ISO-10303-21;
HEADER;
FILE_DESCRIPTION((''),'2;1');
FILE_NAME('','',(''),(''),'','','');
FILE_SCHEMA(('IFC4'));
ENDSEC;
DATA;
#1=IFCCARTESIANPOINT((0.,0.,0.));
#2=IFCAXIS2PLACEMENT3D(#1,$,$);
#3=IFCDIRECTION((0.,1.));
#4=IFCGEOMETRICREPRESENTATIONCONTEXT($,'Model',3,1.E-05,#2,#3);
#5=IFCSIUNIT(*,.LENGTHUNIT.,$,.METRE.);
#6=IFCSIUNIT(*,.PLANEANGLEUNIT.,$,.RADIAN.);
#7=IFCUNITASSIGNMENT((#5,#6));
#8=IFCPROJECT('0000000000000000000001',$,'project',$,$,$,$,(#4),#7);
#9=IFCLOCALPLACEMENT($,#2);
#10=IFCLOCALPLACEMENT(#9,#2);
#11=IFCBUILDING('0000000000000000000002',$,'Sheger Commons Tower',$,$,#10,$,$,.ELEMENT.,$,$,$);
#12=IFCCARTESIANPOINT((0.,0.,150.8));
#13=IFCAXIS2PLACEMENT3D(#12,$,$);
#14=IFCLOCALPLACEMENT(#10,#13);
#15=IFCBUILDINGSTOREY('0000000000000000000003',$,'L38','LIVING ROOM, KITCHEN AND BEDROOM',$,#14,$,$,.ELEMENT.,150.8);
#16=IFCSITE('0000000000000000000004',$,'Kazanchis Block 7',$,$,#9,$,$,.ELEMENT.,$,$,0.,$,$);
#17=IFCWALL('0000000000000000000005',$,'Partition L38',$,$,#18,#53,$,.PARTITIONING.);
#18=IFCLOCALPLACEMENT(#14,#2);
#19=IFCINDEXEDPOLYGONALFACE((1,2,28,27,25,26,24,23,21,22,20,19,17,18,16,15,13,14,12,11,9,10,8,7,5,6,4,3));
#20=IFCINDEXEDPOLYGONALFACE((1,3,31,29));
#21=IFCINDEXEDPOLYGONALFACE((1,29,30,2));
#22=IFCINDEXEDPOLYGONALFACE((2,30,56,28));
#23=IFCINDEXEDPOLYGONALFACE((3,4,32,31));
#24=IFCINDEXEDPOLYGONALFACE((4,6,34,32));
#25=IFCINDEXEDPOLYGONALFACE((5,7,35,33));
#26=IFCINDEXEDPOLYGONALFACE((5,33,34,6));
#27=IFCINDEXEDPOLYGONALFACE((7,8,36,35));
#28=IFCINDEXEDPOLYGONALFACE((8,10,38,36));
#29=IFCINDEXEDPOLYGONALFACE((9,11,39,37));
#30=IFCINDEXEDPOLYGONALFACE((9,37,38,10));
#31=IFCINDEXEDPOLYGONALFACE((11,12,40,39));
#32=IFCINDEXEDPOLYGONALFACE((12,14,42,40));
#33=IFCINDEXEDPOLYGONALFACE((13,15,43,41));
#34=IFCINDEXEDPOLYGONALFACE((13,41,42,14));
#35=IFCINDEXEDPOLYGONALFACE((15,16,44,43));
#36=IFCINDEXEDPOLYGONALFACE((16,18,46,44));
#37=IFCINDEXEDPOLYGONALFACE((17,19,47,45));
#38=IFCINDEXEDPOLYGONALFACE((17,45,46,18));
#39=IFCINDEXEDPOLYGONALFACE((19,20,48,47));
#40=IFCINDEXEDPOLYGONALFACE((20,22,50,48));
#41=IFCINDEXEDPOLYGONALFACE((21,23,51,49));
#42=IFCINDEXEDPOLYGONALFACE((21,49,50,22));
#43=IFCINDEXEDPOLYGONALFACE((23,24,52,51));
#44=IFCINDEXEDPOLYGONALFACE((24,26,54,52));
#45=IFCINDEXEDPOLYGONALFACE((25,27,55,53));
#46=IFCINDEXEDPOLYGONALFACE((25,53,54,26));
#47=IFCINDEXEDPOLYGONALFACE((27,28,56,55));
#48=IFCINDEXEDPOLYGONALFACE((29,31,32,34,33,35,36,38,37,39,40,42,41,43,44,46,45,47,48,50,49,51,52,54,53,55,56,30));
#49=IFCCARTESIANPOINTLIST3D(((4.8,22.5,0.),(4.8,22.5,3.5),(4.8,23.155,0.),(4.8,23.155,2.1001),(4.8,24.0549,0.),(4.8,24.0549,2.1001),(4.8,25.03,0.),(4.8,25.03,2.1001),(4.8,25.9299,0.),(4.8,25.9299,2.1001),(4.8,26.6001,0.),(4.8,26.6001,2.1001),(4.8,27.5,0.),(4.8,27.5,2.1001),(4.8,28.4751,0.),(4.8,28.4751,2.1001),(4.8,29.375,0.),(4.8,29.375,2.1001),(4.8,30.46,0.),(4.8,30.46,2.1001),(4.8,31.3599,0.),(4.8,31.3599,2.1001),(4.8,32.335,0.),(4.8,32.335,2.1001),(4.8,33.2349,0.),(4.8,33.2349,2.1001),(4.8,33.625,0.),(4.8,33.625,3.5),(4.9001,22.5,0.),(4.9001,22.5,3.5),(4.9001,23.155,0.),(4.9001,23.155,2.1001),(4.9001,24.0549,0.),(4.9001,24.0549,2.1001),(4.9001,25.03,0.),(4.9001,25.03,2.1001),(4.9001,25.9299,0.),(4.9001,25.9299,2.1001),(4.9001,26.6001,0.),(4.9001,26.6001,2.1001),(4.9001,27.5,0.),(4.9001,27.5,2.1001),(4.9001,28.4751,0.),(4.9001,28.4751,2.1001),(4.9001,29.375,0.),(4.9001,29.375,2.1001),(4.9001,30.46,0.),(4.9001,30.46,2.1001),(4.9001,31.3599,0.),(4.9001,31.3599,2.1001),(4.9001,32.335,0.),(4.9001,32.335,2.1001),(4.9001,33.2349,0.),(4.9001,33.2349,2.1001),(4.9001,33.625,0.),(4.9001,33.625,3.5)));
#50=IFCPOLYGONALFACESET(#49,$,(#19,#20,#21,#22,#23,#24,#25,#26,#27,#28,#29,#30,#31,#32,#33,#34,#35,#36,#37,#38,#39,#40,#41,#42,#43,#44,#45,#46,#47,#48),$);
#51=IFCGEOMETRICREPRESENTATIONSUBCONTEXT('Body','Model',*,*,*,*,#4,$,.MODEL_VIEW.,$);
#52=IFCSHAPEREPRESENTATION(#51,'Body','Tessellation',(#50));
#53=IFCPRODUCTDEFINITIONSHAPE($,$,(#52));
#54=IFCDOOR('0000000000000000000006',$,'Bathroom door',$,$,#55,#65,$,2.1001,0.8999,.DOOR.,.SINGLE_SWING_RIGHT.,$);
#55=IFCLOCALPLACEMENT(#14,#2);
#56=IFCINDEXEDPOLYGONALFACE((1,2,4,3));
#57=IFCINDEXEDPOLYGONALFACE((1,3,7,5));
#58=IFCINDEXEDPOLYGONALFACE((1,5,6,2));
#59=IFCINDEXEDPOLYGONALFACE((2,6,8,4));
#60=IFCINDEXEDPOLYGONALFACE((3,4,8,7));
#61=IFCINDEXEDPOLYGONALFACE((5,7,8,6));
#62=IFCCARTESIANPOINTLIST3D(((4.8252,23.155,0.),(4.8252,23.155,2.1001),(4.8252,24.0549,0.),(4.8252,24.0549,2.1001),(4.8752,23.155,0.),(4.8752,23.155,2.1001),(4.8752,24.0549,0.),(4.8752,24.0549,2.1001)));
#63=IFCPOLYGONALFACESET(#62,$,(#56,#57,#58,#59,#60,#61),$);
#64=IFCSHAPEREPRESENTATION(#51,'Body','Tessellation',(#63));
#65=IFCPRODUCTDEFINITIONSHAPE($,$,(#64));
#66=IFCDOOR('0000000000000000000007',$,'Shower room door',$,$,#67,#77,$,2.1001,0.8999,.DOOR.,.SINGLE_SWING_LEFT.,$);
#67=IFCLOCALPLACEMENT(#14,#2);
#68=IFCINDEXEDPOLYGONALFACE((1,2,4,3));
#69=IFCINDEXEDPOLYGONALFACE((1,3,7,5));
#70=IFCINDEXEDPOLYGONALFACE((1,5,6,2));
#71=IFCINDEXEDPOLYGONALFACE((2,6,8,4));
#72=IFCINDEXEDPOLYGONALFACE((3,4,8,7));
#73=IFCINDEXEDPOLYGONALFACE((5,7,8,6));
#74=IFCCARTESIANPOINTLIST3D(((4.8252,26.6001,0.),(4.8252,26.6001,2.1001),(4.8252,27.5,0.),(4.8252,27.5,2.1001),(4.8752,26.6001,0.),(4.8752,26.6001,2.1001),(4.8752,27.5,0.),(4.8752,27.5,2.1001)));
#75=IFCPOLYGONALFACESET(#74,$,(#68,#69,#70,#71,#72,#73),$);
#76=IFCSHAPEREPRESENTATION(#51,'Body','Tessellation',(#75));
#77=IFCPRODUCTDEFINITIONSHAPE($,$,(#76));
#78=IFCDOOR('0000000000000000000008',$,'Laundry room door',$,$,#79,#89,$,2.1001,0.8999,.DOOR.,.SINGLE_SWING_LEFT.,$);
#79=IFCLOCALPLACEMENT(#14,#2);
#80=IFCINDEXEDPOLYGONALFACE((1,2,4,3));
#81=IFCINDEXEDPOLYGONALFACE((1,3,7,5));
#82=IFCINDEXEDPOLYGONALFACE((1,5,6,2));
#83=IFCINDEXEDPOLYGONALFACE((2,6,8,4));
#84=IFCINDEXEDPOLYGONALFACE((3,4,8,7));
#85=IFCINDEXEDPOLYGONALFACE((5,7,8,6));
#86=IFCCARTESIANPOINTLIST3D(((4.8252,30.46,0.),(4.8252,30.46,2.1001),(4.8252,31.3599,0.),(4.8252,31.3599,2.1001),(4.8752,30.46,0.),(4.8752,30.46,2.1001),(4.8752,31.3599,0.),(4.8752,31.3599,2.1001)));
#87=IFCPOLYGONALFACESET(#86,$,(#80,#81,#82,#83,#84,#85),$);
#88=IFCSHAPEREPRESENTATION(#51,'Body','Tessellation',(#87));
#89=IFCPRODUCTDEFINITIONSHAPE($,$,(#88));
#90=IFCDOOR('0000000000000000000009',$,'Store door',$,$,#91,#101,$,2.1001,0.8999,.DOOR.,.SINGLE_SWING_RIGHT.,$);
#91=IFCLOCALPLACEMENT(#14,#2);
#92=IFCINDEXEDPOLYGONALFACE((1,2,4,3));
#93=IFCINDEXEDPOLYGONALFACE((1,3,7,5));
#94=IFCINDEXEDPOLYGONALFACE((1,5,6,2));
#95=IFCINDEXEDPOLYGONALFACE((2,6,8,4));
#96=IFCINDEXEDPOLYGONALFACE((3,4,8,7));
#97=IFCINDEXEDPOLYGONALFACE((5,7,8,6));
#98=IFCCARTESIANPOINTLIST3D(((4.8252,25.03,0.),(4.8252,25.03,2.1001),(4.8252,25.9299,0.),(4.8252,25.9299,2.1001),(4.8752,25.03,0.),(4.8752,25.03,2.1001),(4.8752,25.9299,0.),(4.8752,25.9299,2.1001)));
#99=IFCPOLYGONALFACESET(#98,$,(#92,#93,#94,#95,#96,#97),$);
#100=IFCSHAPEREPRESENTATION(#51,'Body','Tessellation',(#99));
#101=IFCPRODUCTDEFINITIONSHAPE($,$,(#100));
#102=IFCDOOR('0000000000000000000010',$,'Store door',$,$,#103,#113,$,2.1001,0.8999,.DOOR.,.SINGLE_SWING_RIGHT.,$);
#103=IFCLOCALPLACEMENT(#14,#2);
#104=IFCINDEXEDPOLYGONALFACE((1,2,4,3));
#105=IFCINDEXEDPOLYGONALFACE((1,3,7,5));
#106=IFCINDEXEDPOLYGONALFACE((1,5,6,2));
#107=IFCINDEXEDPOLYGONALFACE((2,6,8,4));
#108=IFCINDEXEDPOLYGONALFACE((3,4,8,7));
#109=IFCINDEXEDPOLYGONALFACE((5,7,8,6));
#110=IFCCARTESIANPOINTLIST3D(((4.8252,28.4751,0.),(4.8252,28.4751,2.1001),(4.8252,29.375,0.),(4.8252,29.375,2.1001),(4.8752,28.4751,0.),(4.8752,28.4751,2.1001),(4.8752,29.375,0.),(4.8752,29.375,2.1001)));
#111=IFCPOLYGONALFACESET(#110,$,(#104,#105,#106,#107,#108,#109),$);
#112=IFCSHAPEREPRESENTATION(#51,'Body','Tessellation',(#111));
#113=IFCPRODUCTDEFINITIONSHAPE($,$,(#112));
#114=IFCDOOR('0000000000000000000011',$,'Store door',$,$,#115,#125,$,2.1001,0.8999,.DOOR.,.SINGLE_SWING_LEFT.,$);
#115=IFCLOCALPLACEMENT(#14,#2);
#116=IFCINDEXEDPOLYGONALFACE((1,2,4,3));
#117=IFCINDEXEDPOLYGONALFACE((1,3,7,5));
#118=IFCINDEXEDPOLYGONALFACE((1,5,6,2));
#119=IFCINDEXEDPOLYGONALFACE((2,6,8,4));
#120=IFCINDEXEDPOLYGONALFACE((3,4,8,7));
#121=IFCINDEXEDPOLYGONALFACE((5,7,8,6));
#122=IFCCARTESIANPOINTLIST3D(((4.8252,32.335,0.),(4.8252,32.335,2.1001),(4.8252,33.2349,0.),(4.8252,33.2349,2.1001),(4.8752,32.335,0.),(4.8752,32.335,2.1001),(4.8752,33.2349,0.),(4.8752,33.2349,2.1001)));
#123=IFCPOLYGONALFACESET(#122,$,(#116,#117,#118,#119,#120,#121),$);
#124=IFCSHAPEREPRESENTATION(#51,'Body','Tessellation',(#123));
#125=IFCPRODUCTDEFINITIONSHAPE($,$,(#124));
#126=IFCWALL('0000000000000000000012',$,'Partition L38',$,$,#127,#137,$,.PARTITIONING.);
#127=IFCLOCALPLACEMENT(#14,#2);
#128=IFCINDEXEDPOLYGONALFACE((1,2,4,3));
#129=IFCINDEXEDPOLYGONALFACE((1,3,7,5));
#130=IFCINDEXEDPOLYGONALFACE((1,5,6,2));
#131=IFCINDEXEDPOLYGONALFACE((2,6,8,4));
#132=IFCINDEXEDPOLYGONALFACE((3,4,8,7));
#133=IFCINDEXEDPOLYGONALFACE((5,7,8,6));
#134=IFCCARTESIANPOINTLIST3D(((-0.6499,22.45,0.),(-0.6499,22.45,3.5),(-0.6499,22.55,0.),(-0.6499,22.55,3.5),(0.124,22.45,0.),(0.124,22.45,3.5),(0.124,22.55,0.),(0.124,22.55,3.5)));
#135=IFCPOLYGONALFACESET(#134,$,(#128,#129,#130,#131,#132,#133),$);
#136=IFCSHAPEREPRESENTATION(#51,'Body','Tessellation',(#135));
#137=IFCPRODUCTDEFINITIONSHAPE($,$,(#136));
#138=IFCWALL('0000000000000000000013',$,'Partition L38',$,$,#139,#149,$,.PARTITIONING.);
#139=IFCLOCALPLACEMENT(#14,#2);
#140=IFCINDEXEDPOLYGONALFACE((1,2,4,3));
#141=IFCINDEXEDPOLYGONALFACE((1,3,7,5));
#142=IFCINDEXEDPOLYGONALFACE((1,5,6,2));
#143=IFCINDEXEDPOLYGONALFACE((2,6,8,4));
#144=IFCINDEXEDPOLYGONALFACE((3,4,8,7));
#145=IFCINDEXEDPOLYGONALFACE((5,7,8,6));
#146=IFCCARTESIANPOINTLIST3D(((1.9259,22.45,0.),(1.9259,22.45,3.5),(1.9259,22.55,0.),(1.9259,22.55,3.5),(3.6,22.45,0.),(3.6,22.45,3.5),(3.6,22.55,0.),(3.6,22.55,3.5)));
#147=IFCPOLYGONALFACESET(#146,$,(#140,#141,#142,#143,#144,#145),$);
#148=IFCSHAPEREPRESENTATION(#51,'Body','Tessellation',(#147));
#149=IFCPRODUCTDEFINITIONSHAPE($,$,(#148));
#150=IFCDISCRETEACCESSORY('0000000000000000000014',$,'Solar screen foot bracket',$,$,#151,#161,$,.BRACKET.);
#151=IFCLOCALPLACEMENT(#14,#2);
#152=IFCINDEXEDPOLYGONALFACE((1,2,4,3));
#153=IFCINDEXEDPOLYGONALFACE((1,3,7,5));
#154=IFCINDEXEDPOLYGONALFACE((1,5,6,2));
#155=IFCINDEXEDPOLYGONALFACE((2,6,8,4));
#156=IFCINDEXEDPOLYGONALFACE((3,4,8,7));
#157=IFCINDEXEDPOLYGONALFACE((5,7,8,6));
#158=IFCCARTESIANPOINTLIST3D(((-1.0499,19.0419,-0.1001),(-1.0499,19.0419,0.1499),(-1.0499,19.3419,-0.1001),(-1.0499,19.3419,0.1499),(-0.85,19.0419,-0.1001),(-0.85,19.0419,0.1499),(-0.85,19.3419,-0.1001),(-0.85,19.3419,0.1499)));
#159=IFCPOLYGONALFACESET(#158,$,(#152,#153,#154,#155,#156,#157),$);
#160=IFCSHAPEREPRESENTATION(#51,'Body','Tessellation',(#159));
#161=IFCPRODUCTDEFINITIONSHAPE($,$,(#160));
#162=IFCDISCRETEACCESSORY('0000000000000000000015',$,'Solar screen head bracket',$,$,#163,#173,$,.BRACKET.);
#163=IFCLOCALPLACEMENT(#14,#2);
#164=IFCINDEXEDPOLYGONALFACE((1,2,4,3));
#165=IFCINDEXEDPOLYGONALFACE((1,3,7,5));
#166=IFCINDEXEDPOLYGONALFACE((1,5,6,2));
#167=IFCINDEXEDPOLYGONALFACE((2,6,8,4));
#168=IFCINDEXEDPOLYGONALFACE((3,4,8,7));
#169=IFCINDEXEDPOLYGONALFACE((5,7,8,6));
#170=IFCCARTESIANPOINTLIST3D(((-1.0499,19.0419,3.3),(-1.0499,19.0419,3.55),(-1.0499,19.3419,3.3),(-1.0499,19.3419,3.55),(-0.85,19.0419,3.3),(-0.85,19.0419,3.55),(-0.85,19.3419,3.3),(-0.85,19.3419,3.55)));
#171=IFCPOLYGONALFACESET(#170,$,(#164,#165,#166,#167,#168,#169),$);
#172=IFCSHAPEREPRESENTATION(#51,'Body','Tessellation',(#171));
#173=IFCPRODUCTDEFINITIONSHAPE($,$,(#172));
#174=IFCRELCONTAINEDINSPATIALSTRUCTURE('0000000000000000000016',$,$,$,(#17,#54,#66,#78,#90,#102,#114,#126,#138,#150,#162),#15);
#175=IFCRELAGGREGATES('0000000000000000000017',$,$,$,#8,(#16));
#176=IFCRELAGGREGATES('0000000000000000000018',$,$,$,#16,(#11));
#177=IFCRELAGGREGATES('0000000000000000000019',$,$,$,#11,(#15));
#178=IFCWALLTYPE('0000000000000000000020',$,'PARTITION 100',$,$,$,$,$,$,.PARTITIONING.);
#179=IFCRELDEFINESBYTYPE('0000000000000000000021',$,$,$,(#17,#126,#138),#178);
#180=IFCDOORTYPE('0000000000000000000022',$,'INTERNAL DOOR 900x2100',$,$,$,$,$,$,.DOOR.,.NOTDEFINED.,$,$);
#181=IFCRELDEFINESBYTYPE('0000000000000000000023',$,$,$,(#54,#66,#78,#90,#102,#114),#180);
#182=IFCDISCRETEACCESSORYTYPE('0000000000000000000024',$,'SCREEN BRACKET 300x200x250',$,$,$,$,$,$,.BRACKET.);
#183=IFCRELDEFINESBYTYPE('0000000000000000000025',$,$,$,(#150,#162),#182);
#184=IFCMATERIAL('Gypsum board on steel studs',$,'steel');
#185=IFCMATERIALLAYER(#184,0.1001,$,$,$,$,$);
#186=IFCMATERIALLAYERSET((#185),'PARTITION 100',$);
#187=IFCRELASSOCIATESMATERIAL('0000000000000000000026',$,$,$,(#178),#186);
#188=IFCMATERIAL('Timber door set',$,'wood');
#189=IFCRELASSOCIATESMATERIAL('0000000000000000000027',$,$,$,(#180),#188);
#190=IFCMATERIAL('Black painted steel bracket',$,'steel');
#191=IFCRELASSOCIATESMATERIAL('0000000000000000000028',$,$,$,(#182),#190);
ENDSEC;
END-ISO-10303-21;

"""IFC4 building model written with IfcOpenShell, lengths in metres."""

from ifc_helpers import new_model, si_unit, direction, frame, frame_2d, origin, origin_2d, place, context, subcontext, project, spatial, rectangle, extrude, material, layer, layer_set, type_object, element, fill, save


model = new_model("IFC4")

# Units and contexts
model_context = context("Model", 3, precision=1e-05, world=origin(), true_north=direction((0.0, 1.0)))
body_context = subcontext(model_context, "Body", "Model", "MODEL_VIEW")
ifc_project = project(units=[si_unit("LENGTHUNIT", "METRE"), si_unit("PLANEANGLEUNIT", "RADIAN")], contexts=[model_context])

# Site, building, storey
site_placement = place(None, origin())
site = spatial("IfcSite", under=ifc_project, at=site_placement, Name="Kazanchis Block 7", CompositionType="ELEMENT", RefElevation=0.0)
building_placement = place(site_placement, origin())
building = spatial("IfcBuilding", under=site, at=building_placement, Name="Sheger Commons Tower", CompositionType="ELEMENT")
storey_placement = place(building_placement, frame((0.0, 0.0, 150.8)))
storey = spatial("IfcBuildingStorey", under=building, at=storey_placement, Name="L38", Description="LIVING ROOM, KITCHEN AND BEDROOM", CompositionType="ELEMENT", Elevation=150.8)

# Shared definitions
ifc_material_1 = material(Name="Gypsum board on steel studs", Category="steel")
ifc_layer_1 = layer(ifc_material_1, 0.1001)
ifc_layer_set_1 = layer_set([ifc_layer_1], Name="PARTITION 100")
wall_type_1 = type_object("IfcWallType", Name="PARTITION 100", PredefinedType="PARTITIONING", material=ifc_layer_set_1)

# Wall, openings, doors
ifc_material_2 = material(Name="Timber door set", Category="wood")
door_type = type_object("IfcDoorType", Name="INTERNAL DOOR 900x2100", OperationType="NOTDEFINED", PredefinedType="DOOR", material=ifc_material_2)
wall_1_placement = place(storey_placement, frame((4.8501, 22.5, 0.0), z_axis=(0.0, 0.0, 1.0), x_axis=(0.0, 1.0, 0.0)))
wall_1 = element("IfcWall", 1, at=wall_1_placement, inside=storey, type_object=wall_type_1, Name="Partition L38", PredefinedType="PARTITIONING", context=body_context, shape_type="SweptSolid", body=[
    extrude(rectangle(XDim=11.125, YDim=0.1001, at=frame_2d((5.5625, 0.0))), origin(), (0.0, 0.0, 1.0), 3.5),
])
opening_1_placement = place(wall_1_placement, frame((0.655, 0.0, 0.0)))
opening_1 = element("IfcOpeningElement", 2, at=opening_1_placement, cuts=wall_1, PredefinedType="OPENING", context=body_context, shape_type="SweptSolid", body=[
    extrude(rectangle(XDim=0.8999, YDim=2.1001, at=frame_2d((0.45, 1.05))), frame((0.0, 0.0601, 0.0), z_axis=(0.0, -1.0, 0.0), x_axis=(1.0, 0.0, 0.0)), (0.0, 0.0, 1.0), 0.1201),
])
opening_2_placement = place(wall_1_placement, frame((4.1001, 0.0, 0.0)))
opening_2 = element("IfcOpeningElement", 3, at=opening_2_placement, cuts=wall_1, PredefinedType="OPENING", context=body_context, shape_type="SweptSolid", body=[
    extrude(rectangle(XDim=0.8999, YDim=2.1001, at=frame_2d((0.45, 1.05))), frame((0.0, 0.0601, 0.0), z_axis=(0.0, -1.0, 0.0), x_axis=(1.0, 0.0, 0.0)), (0.0, 0.0, 1.0), 0.1201),
])
opening_3_placement = place(wall_1_placement, frame((7.96, 0.0, 0.0)))
opening_3 = element("IfcOpeningElement", 4, at=opening_3_placement, cuts=wall_1, PredefinedType="OPENING", context=body_context, shape_type="SweptSolid", body=[
    extrude(rectangle(XDim=0.8999, YDim=2.1001, at=frame_2d((0.45, 1.05))), frame((0.0, 0.0601, 0.0), z_axis=(0.0, -1.0, 0.0), x_axis=(1.0, 0.0, 0.0)), (0.0, 0.0, 1.0), 0.1201),
])
opening_4_placement = place(wall_1_placement, frame((2.53, 0.0, 0.0)))
opening_4 = element("IfcOpeningElement", 5, at=opening_4_placement, cuts=wall_1, PredefinedType="OPENING", context=body_context, shape_type="SweptSolid", body=[
    extrude(rectangle(XDim=0.8999, YDim=2.1001, at=frame_2d((0.45, 1.05))), frame((0.0, 0.0601, 0.0), z_axis=(0.0, -1.0, 0.0), x_axis=(1.0, 0.0, 0.0)), (0.0, 0.0, 1.0), 0.1201),
])
opening_5_placement = place(wall_1_placement, frame((5.9751, 0.0, 0.0)))
opening_5 = element("IfcOpeningElement", 6, at=opening_5_placement, cuts=wall_1, PredefinedType="OPENING", context=body_context, shape_type="SweptSolid", body=[
    extrude(rectangle(XDim=0.8999, YDim=2.1001, at=frame_2d((0.45, 1.05))), frame((0.0, 0.0601, 0.0), z_axis=(0.0, -1.0, 0.0), x_axis=(1.0, 0.0, 0.0)), (0.0, 0.0, 1.0), 0.1201),
])
opening_6_placement = place(wall_1_placement, frame((9.835, 0.0, 0.0)))
opening_6 = element("IfcOpeningElement", 7, at=opening_6_placement, cuts=wall_1, PredefinedType="OPENING", context=body_context, shape_type="SweptSolid", body=[
    extrude(rectangle(XDim=0.8999, YDim=2.1001, at=frame_2d((0.45, 1.05))), frame((0.0, 0.0601, 0.0), z_axis=(0.0, -1.0, 0.0), x_axis=(1.0, 0.0, 0.0)), (0.0, 0.0, 1.0), 0.1201),
])
door_1_placement = place(opening_1_placement, origin())
door_1 = element("IfcDoor", 8, at=door_1_placement, inside=storey, type_object=door_type, Name="Bathroom door", OperationType="SINGLE_SWING_RIGHT", OverallHeight=2.1001, OverallWidth=0.8999, PredefinedType="DOOR", context=body_context, shape_type="SweptSolid", body=[
    extrude(rectangle(XDim=0.8999, YDim=2.1001, at=frame_2d((0.45, 1.05))), frame((0.0, 0.0249, 0.0), z_axis=(0.0, -1.0, 0.0), x_axis=(1.0, 0.0, 0.0)), (0.0, 0.0, 1.0), 0.05),
])
fill(opening_1, door_1)
door_2_placement = place(opening_2_placement, origin())
door_2 = element("IfcDoor", 9, at=door_2_placement, inside=storey, type_object=door_type, Name="Shower room door", OperationType="SINGLE_SWING_LEFT", OverallHeight=2.1001, OverallWidth=0.8999, PredefinedType="DOOR", context=body_context, shape_type="SweptSolid", body=[
    extrude(rectangle(XDim=0.8999, YDim=2.1001, at=frame_2d((0.45, 1.05))), frame((0.0, 0.0249, 0.0), z_axis=(0.0, -1.0, 0.0), x_axis=(1.0, 0.0, 0.0)), (0.0, 0.0, 1.0), 0.05),
])
fill(opening_2, door_2)
door_3_placement = place(opening_3_placement, origin())
door_3 = element("IfcDoor", 10, at=door_3_placement, inside=storey, type_object=door_type, Name="Laundry room door", OperationType="SINGLE_SWING_LEFT", OverallHeight=2.1001, OverallWidth=0.8999, PredefinedType="DOOR", context=body_context, shape_type="SweptSolid", body=[
    extrude(rectangle(XDim=0.8999, YDim=2.1001, at=frame_2d((0.45, 1.05))), frame((0.0, 0.0249, 0.0), z_axis=(0.0, -1.0, 0.0), x_axis=(1.0, 0.0, 0.0)), (0.0, 0.0, 1.0), 0.05),
])
fill(opening_3, door_3)
door_4_placement = place(opening_4_placement, origin())
door_4 = element("IfcDoor", 11, at=door_4_placement, inside=storey, type_object=door_type, Name="Store door", OperationType="SINGLE_SWING_RIGHT", OverallHeight=2.1001, OverallWidth=0.8999, PredefinedType="DOOR", context=body_context, shape_type="SweptSolid", body=[
    extrude(rectangle(XDim=0.8999, YDim=2.1001, at=frame_2d((0.45, 1.05))), frame((0.0, 0.0249, 0.0), z_axis=(0.0, -1.0, 0.0), x_axis=(1.0, 0.0, 0.0)), (0.0, 0.0, 1.0), 0.05),
])
fill(opening_4, door_4)
door_5_placement = place(opening_5_placement, origin())
door_5 = element("IfcDoor", 12, at=door_5_placement, inside=storey, type_object=door_type, Name="Store door", OperationType="SINGLE_SWING_RIGHT", OverallHeight=2.1001, OverallWidth=0.8999, PredefinedType="DOOR", context=body_context, shape_type="SweptSolid", body=[
    extrude(rectangle(XDim=0.8999, YDim=2.1001, at=frame_2d((0.45, 1.05))), frame((0.0, 0.0249, 0.0), z_axis=(0.0, -1.0, 0.0), x_axis=(1.0, 0.0, 0.0)), (0.0, 0.0, 1.0), 0.05),
])
fill(opening_5, door_5)
door_6_placement = place(opening_6_placement, origin())
door_6 = element("IfcDoor", 13, at=door_6_placement, inside=storey, type_object=door_type, Name="Store door", OperationType="SINGLE_SWING_LEFT", OverallHeight=2.1001, OverallWidth=0.8999, PredefinedType="DOOR", context=body_context, shape_type="SweptSolid", body=[
    extrude(rectangle(XDim=0.8999, YDim=2.1001, at=frame_2d((0.45, 1.05))), frame((0.0, 0.0249, 0.0), z_axis=(0.0, -1.0, 0.0), x_axis=(1.0, 0.0, 0.0)), (0.0, 0.0, 1.0), 0.05),
])
fill(opening_6, door_6)

# Walls
wall_2_placement = place(storey_placement, frame((-0.6499, 22.5, 0.0), z_axis=(0.0, 0.0, 1.0), x_axis=(1.0, 0.0, 0.0)))
element("IfcWall", 14, at=wall_2_placement, inside=storey, type_object=wall_type_1, Name="Partition L38", PredefinedType="PARTITIONING", context=body_context, shape_type="SweptSolid", body=[
    extrude(rectangle(XDim=0.7739, YDim=0.1001, at=frame_2d((0.387, 0.0))), origin(), (0.0, 0.0, 1.0), 3.5),
])
wall_3_placement = place(storey_placement, frame((1.926, 22.5, 0.0), z_axis=(0.0, 0.0, 1.0), x_axis=(1.0, 0.0, 0.0)))
element("IfcWall", 15, at=wall_3_placement, inside=storey, type_object=wall_type_1, Name="Partition L38", PredefinedType="PARTITIONING", context=body_context, shape_type="SweptSolid", body=[
    extrude(rectangle(XDim=1.6741, YDim=0.1001, at=frame_2d((0.8369, 0.0))), origin(), (0.0, 0.0, 1.0), 3.5),
])

# Discrete accessories
ifc_material_3 = material(Name="Black painted steel bracket", Category="steel")
discrete_accessory_type = type_object("IfcDiscreteAccessoryType", Name="SCREEN BRACKET 300x200x250", PredefinedType="BRACKET", material=ifc_material_3)
for number, where, z_axis, x_axis, name in (
    (16, (-0.95, 19.1919, -0.1001), (0.0, 0.0, 1.0), (0.0, -1.0, 0.0), "Solar screen foot bracket"),
    (17, (-0.95, 19.1919, 3.3), (0.0, 0.0, 1.0), (0.0, -1.0, 0.0), "Solar screen head bracket"),
):
    element("IfcDiscreteAccessory", number, at=place(storey_placement, frame(where, z_axis=z_axis, x_axis=x_axis)), inside=storey, type_object=discrete_accessory_type, Name=name, PredefinedType="BRACKET", context=body_context, shape_type="SweptSolid", body=[
        extrude(rectangle(XDim=0.3, YDim=0.2, at=origin_2d()), origin(), (0.0, 0.0, 1.0), 0.25),
    ])

save(model, "model.ifc")
